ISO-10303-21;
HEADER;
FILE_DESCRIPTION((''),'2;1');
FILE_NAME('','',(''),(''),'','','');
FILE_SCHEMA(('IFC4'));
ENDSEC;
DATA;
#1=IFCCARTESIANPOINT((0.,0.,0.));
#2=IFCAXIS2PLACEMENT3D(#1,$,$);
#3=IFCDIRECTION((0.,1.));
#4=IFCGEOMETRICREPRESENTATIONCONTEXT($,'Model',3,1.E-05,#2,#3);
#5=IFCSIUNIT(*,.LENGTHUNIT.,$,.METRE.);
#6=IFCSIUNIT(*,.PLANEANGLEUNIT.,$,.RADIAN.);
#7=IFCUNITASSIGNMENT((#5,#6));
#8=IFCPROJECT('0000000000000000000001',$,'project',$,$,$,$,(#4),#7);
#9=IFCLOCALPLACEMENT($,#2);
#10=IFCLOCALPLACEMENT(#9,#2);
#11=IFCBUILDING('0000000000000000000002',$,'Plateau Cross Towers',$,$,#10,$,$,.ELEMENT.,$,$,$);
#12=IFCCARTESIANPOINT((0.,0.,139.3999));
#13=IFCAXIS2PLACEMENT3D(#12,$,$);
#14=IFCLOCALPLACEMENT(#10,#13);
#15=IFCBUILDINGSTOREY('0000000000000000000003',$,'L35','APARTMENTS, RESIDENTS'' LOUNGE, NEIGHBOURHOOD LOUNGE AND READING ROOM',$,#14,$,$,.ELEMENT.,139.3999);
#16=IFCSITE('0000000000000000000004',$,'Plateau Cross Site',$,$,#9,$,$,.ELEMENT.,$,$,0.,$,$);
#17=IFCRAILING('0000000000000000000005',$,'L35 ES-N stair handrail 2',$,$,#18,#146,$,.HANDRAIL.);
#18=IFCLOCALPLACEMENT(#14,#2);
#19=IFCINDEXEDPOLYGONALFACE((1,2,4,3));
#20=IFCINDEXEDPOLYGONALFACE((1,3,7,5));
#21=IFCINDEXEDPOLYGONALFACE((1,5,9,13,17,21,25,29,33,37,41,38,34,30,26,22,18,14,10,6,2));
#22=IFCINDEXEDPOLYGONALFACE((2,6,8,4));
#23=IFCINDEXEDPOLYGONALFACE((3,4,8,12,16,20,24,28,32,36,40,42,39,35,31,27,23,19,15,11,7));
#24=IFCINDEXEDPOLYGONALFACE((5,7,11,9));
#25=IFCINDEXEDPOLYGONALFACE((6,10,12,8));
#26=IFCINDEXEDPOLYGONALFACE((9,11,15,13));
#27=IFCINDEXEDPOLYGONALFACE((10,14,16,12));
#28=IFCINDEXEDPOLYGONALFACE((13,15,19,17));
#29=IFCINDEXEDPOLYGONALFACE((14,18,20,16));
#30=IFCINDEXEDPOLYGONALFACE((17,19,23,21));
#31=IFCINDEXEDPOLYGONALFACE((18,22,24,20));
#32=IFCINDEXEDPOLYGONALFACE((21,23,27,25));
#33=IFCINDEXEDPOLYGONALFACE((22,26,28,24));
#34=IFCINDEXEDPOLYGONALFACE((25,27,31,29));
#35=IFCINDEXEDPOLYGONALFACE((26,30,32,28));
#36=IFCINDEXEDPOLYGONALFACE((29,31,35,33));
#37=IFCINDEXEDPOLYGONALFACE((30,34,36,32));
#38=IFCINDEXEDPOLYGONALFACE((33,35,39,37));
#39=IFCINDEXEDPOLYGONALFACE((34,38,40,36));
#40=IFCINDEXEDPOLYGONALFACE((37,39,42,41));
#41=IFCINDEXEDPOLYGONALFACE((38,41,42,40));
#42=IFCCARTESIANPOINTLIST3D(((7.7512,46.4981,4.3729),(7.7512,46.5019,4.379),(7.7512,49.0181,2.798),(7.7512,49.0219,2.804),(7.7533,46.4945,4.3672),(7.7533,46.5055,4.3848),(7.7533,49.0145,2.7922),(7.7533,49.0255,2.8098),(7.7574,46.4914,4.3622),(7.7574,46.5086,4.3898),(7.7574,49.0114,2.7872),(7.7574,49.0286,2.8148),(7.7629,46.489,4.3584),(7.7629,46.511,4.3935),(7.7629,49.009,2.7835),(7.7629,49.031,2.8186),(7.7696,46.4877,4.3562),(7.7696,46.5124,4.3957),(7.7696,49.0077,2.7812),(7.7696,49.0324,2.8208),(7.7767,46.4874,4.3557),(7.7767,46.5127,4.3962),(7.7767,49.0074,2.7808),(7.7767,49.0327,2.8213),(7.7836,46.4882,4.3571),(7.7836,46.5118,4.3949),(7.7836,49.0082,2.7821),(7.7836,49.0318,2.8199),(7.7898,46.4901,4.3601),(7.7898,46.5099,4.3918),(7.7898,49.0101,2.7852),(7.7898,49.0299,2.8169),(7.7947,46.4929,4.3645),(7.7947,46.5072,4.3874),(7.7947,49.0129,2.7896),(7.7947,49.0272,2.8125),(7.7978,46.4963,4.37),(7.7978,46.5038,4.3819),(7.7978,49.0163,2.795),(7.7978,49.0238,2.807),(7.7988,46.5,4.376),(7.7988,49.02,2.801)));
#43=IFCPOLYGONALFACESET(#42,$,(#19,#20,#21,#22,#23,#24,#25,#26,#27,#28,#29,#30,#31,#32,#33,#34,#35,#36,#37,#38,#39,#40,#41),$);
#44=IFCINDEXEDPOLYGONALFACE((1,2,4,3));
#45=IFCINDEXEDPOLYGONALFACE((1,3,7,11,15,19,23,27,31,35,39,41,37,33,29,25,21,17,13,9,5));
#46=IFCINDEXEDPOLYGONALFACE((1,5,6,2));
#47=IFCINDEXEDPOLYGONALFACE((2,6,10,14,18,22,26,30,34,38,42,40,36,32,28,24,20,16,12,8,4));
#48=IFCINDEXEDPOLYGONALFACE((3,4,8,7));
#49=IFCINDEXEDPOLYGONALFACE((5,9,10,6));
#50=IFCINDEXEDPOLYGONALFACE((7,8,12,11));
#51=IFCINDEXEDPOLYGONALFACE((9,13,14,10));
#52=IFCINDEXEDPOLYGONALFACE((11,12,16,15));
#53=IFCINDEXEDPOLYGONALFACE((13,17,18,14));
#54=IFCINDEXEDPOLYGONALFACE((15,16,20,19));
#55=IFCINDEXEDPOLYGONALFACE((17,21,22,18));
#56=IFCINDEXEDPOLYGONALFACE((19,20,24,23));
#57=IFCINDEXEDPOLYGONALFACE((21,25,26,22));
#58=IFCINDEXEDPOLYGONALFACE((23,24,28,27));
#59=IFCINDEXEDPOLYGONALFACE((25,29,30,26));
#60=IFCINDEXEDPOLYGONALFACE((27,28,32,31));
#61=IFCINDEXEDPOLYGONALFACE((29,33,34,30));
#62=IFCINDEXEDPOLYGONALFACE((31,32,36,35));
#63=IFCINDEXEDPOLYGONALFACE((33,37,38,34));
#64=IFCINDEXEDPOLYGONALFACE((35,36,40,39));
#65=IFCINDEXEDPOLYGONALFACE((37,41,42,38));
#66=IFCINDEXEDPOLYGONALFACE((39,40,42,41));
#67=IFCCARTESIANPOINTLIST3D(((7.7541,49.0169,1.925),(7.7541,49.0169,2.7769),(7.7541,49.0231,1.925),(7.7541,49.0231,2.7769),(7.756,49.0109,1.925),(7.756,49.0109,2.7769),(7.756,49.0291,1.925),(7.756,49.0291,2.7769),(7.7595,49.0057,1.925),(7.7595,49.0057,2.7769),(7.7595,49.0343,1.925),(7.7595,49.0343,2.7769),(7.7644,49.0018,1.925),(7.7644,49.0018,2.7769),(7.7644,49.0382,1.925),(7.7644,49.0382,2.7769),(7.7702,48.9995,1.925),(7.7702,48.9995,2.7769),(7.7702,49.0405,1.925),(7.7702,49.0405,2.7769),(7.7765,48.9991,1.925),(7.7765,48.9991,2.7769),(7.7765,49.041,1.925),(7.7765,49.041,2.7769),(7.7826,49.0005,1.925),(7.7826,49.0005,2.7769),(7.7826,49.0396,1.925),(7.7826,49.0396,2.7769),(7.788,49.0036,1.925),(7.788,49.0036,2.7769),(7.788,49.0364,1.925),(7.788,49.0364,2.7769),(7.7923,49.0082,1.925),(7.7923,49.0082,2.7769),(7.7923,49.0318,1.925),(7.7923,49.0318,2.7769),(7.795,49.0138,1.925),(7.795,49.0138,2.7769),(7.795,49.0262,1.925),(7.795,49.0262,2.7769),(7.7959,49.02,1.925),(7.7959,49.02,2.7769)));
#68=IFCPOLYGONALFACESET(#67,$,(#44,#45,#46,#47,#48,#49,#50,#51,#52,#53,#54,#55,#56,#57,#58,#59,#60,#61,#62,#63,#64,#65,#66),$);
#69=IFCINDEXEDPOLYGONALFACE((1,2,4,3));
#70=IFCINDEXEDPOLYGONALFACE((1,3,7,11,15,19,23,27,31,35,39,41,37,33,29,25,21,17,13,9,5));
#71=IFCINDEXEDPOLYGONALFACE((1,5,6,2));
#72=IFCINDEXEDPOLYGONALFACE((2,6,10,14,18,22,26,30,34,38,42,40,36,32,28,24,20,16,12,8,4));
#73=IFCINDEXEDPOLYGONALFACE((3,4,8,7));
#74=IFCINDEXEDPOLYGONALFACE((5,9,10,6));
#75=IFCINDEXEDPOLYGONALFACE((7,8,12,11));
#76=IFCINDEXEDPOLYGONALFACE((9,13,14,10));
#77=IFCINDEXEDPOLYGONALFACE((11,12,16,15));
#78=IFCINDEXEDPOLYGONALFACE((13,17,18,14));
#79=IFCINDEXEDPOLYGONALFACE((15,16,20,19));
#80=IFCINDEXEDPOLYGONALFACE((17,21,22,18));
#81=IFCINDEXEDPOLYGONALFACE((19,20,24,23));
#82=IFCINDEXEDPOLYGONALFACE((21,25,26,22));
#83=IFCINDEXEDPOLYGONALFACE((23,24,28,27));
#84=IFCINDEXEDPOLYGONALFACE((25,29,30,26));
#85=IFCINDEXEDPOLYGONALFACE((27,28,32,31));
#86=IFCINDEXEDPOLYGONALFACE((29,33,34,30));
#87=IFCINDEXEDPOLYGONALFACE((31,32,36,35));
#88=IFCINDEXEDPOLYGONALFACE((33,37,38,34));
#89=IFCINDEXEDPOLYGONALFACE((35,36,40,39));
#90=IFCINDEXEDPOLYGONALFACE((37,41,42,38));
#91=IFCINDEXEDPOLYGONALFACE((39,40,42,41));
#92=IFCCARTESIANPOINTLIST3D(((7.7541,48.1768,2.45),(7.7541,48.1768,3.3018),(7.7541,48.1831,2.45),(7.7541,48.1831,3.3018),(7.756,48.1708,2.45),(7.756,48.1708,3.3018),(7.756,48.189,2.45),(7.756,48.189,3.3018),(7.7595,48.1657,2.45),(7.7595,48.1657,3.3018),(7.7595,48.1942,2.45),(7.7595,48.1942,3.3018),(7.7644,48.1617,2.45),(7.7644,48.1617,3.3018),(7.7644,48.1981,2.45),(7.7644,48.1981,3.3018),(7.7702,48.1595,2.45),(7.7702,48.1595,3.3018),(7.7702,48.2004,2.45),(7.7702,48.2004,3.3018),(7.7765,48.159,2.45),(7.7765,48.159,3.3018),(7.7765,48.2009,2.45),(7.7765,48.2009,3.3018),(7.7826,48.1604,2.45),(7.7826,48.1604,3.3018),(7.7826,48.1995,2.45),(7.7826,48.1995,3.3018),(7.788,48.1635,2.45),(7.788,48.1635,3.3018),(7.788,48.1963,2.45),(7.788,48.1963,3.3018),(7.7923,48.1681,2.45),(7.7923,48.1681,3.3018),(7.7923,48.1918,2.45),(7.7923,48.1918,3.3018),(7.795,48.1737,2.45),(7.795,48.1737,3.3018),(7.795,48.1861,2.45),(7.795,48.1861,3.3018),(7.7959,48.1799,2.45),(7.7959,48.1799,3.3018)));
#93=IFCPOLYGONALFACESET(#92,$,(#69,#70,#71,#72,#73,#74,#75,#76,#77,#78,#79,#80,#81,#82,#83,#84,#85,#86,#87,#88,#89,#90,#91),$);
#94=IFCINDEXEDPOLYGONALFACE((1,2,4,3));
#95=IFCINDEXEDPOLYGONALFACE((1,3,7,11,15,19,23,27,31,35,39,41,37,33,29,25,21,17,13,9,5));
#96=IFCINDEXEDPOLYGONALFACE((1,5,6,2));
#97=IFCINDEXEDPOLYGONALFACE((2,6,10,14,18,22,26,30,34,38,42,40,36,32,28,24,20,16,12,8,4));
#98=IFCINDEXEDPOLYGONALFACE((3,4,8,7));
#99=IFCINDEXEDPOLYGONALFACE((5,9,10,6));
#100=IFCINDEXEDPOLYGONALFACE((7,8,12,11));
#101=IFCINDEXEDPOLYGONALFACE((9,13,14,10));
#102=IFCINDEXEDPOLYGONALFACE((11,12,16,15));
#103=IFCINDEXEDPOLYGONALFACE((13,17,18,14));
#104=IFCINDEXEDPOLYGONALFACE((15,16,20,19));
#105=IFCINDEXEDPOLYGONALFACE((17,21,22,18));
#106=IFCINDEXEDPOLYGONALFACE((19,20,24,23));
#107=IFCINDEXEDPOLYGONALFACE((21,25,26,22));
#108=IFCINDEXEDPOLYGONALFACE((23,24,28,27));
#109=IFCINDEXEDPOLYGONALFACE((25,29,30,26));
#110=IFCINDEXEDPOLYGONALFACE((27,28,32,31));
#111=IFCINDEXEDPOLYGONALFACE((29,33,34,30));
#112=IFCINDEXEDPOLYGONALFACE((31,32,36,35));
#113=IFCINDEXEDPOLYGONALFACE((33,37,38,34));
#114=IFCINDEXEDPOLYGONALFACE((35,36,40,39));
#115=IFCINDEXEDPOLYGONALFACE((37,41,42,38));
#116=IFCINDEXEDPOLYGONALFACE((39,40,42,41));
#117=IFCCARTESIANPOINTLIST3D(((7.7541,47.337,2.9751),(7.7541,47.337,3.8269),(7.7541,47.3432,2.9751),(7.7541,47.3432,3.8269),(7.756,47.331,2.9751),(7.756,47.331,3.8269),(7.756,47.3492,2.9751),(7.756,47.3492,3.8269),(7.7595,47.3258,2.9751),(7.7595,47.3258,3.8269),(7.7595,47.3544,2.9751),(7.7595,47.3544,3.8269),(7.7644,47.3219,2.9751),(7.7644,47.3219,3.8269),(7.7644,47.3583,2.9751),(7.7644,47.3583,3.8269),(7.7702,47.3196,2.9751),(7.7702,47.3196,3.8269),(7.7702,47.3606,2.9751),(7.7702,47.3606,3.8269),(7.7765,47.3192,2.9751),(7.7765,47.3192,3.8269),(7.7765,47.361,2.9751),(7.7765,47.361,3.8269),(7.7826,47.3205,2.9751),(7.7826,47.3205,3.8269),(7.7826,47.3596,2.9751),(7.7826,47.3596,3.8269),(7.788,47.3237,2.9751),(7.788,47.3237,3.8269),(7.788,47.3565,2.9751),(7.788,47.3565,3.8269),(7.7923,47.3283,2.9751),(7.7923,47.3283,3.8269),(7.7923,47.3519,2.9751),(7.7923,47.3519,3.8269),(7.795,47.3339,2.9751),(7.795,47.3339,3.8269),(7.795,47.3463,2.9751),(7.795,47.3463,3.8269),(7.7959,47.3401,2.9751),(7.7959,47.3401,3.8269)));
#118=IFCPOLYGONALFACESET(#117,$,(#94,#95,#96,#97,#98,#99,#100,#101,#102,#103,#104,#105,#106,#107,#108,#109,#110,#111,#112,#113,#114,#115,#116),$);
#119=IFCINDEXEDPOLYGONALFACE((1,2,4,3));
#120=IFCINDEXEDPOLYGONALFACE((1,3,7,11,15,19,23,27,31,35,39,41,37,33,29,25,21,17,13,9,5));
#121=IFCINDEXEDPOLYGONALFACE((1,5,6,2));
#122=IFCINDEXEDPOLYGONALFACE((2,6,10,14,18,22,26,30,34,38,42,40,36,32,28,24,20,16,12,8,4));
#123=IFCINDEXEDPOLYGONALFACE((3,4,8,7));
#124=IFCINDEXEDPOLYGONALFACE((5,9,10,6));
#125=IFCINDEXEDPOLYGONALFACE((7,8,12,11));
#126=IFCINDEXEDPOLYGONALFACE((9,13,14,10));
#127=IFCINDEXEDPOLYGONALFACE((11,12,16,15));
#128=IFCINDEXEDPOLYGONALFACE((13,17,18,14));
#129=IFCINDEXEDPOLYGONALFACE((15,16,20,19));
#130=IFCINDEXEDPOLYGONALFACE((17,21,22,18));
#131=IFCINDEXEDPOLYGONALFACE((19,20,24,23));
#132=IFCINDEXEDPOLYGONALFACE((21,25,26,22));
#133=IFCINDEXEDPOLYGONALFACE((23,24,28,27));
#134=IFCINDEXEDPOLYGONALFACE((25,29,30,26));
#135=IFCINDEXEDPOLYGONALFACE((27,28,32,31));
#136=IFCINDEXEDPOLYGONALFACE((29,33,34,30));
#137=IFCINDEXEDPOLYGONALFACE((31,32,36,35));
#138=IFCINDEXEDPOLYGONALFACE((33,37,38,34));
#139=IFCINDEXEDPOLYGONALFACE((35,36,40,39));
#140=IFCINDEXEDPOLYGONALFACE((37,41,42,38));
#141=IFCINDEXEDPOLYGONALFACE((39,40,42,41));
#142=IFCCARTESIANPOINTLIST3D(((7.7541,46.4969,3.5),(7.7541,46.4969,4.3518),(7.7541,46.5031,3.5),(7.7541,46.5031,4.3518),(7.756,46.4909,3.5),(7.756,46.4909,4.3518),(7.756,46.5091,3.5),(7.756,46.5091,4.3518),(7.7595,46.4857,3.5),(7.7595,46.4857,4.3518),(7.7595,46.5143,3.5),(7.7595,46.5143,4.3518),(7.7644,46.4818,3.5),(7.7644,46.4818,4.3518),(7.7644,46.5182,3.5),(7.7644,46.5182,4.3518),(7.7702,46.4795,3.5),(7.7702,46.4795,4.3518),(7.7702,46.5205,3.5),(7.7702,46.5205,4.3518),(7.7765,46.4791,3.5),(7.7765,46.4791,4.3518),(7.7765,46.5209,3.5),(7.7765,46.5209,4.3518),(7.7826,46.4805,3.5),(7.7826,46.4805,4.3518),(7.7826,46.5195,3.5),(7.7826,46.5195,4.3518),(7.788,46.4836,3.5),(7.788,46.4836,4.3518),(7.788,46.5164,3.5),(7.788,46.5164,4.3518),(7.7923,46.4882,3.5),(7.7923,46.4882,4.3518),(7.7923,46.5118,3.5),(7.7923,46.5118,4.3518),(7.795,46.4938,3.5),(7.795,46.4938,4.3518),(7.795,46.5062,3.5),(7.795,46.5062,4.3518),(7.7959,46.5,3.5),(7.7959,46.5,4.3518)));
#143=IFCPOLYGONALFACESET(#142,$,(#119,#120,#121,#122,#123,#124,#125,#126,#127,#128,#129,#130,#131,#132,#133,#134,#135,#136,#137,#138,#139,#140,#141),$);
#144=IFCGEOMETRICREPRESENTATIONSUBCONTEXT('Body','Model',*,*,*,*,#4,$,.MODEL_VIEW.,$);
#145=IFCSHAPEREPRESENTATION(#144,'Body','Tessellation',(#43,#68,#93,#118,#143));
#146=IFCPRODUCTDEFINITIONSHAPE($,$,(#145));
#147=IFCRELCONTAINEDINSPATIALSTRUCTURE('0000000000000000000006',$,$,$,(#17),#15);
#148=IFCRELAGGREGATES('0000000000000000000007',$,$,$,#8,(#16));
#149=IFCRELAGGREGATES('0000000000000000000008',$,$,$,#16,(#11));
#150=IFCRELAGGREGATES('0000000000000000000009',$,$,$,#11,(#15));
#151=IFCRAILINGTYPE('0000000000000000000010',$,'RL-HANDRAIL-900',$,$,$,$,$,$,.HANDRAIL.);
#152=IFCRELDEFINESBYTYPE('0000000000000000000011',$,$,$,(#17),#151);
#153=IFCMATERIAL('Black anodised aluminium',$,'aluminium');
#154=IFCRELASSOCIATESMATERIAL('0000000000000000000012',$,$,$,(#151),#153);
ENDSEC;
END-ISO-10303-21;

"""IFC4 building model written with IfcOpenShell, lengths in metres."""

from ifc_helpers import new_model, si_unit, direction, frame, origin, origin_2d, place, context, subcontext, project, spatial, circle, extrude, material, type_object, element, save


model = new_model("IFC4")

# Units and contexts
model_context = context("Model", 3, precision=1e-05, world=origin(), true_north=direction((0.0, 1.0)))
body_context = subcontext(model_context, "Body", "Model", "MODEL_VIEW")
ifc_project = project(units=[si_unit("LENGTHUNIT", "METRE"), si_unit("PLANEANGLEUNIT", "RADIAN")], contexts=[model_context])

# Site, building, storey
site_placement = place(None, origin())
site = spatial("IfcSite", under=ifc_project, at=site_placement, Name="Plateau Cross Site", CompositionType="ELEMENT", RefElevation=0.0)
building_placement = place(site_placement, origin())
building = spatial("IfcBuilding", under=site, at=building_placement, Name="Plateau Cross Towers", CompositionType="ELEMENT")
storey_placement = place(building_placement, frame((0.0, 0.0, 139.3999)))
storey = spatial("IfcBuildingStorey", under=building, at=storey_placement, Name="L35", Description="APARTMENTS, RESIDENTS' LOUNGE, NEIGHBOURHOOD LOUNGE AND READING ROOM", CompositionType="ELEMENT", Elevation=139.3999)

# Shared definitions
ifc_material_1 = material(Name="Black anodised aluminium", Category="aluminium")

# Railing
railing_type_1 = type_object("IfcRailingType", Name="RL-HANDRAIL-900", PredefinedType="HANDRAIL", material=ifc_material_1)
railing_1_placement = place(storey_placement, frame((7.7749, 49.02, 1.925)))
element("IfcRailing", 1, at=railing_1_placement, inside=storey, type_object=railing_type_1, Name="L35 ES-N stair handrail 2", PredefinedType="HANDRAIL", context=body_context, shape_type="SweptSolid", body=[
    extrude(circle(Radius=0.0239, at=origin_2d()), frame((0.0, 0.0, 0.876), z_axis=(0.0, -0.848008, 0.529984), x_axis=(1.0, 0.0, 0.0)), (0.0, 0.0, 1.0), 2.9717),
    extrude(circle(Radius=0.021, at=origin_2d()), origin(), (0.0, 0.0, 1.0), 0.8518),
    extrude(circle(Radius=0.021, at=origin_2d()), frame((0.0, -0.8401, 0.5249)), (0.0, 0.0, 1.0), 0.8518),
    extrude(circle(Radius=0.021, at=origin_2d()), frame((0.0, -1.6799, 1.05)), (0.0, 0.0, 1.0), 0.8518),
    extrude(circle(Radius=0.021, at=origin_2d()), frame((0.0, -2.52, 1.575)), (0.0, 0.0, 1.0), 0.8518),
])

save(model, "model.ifc")
